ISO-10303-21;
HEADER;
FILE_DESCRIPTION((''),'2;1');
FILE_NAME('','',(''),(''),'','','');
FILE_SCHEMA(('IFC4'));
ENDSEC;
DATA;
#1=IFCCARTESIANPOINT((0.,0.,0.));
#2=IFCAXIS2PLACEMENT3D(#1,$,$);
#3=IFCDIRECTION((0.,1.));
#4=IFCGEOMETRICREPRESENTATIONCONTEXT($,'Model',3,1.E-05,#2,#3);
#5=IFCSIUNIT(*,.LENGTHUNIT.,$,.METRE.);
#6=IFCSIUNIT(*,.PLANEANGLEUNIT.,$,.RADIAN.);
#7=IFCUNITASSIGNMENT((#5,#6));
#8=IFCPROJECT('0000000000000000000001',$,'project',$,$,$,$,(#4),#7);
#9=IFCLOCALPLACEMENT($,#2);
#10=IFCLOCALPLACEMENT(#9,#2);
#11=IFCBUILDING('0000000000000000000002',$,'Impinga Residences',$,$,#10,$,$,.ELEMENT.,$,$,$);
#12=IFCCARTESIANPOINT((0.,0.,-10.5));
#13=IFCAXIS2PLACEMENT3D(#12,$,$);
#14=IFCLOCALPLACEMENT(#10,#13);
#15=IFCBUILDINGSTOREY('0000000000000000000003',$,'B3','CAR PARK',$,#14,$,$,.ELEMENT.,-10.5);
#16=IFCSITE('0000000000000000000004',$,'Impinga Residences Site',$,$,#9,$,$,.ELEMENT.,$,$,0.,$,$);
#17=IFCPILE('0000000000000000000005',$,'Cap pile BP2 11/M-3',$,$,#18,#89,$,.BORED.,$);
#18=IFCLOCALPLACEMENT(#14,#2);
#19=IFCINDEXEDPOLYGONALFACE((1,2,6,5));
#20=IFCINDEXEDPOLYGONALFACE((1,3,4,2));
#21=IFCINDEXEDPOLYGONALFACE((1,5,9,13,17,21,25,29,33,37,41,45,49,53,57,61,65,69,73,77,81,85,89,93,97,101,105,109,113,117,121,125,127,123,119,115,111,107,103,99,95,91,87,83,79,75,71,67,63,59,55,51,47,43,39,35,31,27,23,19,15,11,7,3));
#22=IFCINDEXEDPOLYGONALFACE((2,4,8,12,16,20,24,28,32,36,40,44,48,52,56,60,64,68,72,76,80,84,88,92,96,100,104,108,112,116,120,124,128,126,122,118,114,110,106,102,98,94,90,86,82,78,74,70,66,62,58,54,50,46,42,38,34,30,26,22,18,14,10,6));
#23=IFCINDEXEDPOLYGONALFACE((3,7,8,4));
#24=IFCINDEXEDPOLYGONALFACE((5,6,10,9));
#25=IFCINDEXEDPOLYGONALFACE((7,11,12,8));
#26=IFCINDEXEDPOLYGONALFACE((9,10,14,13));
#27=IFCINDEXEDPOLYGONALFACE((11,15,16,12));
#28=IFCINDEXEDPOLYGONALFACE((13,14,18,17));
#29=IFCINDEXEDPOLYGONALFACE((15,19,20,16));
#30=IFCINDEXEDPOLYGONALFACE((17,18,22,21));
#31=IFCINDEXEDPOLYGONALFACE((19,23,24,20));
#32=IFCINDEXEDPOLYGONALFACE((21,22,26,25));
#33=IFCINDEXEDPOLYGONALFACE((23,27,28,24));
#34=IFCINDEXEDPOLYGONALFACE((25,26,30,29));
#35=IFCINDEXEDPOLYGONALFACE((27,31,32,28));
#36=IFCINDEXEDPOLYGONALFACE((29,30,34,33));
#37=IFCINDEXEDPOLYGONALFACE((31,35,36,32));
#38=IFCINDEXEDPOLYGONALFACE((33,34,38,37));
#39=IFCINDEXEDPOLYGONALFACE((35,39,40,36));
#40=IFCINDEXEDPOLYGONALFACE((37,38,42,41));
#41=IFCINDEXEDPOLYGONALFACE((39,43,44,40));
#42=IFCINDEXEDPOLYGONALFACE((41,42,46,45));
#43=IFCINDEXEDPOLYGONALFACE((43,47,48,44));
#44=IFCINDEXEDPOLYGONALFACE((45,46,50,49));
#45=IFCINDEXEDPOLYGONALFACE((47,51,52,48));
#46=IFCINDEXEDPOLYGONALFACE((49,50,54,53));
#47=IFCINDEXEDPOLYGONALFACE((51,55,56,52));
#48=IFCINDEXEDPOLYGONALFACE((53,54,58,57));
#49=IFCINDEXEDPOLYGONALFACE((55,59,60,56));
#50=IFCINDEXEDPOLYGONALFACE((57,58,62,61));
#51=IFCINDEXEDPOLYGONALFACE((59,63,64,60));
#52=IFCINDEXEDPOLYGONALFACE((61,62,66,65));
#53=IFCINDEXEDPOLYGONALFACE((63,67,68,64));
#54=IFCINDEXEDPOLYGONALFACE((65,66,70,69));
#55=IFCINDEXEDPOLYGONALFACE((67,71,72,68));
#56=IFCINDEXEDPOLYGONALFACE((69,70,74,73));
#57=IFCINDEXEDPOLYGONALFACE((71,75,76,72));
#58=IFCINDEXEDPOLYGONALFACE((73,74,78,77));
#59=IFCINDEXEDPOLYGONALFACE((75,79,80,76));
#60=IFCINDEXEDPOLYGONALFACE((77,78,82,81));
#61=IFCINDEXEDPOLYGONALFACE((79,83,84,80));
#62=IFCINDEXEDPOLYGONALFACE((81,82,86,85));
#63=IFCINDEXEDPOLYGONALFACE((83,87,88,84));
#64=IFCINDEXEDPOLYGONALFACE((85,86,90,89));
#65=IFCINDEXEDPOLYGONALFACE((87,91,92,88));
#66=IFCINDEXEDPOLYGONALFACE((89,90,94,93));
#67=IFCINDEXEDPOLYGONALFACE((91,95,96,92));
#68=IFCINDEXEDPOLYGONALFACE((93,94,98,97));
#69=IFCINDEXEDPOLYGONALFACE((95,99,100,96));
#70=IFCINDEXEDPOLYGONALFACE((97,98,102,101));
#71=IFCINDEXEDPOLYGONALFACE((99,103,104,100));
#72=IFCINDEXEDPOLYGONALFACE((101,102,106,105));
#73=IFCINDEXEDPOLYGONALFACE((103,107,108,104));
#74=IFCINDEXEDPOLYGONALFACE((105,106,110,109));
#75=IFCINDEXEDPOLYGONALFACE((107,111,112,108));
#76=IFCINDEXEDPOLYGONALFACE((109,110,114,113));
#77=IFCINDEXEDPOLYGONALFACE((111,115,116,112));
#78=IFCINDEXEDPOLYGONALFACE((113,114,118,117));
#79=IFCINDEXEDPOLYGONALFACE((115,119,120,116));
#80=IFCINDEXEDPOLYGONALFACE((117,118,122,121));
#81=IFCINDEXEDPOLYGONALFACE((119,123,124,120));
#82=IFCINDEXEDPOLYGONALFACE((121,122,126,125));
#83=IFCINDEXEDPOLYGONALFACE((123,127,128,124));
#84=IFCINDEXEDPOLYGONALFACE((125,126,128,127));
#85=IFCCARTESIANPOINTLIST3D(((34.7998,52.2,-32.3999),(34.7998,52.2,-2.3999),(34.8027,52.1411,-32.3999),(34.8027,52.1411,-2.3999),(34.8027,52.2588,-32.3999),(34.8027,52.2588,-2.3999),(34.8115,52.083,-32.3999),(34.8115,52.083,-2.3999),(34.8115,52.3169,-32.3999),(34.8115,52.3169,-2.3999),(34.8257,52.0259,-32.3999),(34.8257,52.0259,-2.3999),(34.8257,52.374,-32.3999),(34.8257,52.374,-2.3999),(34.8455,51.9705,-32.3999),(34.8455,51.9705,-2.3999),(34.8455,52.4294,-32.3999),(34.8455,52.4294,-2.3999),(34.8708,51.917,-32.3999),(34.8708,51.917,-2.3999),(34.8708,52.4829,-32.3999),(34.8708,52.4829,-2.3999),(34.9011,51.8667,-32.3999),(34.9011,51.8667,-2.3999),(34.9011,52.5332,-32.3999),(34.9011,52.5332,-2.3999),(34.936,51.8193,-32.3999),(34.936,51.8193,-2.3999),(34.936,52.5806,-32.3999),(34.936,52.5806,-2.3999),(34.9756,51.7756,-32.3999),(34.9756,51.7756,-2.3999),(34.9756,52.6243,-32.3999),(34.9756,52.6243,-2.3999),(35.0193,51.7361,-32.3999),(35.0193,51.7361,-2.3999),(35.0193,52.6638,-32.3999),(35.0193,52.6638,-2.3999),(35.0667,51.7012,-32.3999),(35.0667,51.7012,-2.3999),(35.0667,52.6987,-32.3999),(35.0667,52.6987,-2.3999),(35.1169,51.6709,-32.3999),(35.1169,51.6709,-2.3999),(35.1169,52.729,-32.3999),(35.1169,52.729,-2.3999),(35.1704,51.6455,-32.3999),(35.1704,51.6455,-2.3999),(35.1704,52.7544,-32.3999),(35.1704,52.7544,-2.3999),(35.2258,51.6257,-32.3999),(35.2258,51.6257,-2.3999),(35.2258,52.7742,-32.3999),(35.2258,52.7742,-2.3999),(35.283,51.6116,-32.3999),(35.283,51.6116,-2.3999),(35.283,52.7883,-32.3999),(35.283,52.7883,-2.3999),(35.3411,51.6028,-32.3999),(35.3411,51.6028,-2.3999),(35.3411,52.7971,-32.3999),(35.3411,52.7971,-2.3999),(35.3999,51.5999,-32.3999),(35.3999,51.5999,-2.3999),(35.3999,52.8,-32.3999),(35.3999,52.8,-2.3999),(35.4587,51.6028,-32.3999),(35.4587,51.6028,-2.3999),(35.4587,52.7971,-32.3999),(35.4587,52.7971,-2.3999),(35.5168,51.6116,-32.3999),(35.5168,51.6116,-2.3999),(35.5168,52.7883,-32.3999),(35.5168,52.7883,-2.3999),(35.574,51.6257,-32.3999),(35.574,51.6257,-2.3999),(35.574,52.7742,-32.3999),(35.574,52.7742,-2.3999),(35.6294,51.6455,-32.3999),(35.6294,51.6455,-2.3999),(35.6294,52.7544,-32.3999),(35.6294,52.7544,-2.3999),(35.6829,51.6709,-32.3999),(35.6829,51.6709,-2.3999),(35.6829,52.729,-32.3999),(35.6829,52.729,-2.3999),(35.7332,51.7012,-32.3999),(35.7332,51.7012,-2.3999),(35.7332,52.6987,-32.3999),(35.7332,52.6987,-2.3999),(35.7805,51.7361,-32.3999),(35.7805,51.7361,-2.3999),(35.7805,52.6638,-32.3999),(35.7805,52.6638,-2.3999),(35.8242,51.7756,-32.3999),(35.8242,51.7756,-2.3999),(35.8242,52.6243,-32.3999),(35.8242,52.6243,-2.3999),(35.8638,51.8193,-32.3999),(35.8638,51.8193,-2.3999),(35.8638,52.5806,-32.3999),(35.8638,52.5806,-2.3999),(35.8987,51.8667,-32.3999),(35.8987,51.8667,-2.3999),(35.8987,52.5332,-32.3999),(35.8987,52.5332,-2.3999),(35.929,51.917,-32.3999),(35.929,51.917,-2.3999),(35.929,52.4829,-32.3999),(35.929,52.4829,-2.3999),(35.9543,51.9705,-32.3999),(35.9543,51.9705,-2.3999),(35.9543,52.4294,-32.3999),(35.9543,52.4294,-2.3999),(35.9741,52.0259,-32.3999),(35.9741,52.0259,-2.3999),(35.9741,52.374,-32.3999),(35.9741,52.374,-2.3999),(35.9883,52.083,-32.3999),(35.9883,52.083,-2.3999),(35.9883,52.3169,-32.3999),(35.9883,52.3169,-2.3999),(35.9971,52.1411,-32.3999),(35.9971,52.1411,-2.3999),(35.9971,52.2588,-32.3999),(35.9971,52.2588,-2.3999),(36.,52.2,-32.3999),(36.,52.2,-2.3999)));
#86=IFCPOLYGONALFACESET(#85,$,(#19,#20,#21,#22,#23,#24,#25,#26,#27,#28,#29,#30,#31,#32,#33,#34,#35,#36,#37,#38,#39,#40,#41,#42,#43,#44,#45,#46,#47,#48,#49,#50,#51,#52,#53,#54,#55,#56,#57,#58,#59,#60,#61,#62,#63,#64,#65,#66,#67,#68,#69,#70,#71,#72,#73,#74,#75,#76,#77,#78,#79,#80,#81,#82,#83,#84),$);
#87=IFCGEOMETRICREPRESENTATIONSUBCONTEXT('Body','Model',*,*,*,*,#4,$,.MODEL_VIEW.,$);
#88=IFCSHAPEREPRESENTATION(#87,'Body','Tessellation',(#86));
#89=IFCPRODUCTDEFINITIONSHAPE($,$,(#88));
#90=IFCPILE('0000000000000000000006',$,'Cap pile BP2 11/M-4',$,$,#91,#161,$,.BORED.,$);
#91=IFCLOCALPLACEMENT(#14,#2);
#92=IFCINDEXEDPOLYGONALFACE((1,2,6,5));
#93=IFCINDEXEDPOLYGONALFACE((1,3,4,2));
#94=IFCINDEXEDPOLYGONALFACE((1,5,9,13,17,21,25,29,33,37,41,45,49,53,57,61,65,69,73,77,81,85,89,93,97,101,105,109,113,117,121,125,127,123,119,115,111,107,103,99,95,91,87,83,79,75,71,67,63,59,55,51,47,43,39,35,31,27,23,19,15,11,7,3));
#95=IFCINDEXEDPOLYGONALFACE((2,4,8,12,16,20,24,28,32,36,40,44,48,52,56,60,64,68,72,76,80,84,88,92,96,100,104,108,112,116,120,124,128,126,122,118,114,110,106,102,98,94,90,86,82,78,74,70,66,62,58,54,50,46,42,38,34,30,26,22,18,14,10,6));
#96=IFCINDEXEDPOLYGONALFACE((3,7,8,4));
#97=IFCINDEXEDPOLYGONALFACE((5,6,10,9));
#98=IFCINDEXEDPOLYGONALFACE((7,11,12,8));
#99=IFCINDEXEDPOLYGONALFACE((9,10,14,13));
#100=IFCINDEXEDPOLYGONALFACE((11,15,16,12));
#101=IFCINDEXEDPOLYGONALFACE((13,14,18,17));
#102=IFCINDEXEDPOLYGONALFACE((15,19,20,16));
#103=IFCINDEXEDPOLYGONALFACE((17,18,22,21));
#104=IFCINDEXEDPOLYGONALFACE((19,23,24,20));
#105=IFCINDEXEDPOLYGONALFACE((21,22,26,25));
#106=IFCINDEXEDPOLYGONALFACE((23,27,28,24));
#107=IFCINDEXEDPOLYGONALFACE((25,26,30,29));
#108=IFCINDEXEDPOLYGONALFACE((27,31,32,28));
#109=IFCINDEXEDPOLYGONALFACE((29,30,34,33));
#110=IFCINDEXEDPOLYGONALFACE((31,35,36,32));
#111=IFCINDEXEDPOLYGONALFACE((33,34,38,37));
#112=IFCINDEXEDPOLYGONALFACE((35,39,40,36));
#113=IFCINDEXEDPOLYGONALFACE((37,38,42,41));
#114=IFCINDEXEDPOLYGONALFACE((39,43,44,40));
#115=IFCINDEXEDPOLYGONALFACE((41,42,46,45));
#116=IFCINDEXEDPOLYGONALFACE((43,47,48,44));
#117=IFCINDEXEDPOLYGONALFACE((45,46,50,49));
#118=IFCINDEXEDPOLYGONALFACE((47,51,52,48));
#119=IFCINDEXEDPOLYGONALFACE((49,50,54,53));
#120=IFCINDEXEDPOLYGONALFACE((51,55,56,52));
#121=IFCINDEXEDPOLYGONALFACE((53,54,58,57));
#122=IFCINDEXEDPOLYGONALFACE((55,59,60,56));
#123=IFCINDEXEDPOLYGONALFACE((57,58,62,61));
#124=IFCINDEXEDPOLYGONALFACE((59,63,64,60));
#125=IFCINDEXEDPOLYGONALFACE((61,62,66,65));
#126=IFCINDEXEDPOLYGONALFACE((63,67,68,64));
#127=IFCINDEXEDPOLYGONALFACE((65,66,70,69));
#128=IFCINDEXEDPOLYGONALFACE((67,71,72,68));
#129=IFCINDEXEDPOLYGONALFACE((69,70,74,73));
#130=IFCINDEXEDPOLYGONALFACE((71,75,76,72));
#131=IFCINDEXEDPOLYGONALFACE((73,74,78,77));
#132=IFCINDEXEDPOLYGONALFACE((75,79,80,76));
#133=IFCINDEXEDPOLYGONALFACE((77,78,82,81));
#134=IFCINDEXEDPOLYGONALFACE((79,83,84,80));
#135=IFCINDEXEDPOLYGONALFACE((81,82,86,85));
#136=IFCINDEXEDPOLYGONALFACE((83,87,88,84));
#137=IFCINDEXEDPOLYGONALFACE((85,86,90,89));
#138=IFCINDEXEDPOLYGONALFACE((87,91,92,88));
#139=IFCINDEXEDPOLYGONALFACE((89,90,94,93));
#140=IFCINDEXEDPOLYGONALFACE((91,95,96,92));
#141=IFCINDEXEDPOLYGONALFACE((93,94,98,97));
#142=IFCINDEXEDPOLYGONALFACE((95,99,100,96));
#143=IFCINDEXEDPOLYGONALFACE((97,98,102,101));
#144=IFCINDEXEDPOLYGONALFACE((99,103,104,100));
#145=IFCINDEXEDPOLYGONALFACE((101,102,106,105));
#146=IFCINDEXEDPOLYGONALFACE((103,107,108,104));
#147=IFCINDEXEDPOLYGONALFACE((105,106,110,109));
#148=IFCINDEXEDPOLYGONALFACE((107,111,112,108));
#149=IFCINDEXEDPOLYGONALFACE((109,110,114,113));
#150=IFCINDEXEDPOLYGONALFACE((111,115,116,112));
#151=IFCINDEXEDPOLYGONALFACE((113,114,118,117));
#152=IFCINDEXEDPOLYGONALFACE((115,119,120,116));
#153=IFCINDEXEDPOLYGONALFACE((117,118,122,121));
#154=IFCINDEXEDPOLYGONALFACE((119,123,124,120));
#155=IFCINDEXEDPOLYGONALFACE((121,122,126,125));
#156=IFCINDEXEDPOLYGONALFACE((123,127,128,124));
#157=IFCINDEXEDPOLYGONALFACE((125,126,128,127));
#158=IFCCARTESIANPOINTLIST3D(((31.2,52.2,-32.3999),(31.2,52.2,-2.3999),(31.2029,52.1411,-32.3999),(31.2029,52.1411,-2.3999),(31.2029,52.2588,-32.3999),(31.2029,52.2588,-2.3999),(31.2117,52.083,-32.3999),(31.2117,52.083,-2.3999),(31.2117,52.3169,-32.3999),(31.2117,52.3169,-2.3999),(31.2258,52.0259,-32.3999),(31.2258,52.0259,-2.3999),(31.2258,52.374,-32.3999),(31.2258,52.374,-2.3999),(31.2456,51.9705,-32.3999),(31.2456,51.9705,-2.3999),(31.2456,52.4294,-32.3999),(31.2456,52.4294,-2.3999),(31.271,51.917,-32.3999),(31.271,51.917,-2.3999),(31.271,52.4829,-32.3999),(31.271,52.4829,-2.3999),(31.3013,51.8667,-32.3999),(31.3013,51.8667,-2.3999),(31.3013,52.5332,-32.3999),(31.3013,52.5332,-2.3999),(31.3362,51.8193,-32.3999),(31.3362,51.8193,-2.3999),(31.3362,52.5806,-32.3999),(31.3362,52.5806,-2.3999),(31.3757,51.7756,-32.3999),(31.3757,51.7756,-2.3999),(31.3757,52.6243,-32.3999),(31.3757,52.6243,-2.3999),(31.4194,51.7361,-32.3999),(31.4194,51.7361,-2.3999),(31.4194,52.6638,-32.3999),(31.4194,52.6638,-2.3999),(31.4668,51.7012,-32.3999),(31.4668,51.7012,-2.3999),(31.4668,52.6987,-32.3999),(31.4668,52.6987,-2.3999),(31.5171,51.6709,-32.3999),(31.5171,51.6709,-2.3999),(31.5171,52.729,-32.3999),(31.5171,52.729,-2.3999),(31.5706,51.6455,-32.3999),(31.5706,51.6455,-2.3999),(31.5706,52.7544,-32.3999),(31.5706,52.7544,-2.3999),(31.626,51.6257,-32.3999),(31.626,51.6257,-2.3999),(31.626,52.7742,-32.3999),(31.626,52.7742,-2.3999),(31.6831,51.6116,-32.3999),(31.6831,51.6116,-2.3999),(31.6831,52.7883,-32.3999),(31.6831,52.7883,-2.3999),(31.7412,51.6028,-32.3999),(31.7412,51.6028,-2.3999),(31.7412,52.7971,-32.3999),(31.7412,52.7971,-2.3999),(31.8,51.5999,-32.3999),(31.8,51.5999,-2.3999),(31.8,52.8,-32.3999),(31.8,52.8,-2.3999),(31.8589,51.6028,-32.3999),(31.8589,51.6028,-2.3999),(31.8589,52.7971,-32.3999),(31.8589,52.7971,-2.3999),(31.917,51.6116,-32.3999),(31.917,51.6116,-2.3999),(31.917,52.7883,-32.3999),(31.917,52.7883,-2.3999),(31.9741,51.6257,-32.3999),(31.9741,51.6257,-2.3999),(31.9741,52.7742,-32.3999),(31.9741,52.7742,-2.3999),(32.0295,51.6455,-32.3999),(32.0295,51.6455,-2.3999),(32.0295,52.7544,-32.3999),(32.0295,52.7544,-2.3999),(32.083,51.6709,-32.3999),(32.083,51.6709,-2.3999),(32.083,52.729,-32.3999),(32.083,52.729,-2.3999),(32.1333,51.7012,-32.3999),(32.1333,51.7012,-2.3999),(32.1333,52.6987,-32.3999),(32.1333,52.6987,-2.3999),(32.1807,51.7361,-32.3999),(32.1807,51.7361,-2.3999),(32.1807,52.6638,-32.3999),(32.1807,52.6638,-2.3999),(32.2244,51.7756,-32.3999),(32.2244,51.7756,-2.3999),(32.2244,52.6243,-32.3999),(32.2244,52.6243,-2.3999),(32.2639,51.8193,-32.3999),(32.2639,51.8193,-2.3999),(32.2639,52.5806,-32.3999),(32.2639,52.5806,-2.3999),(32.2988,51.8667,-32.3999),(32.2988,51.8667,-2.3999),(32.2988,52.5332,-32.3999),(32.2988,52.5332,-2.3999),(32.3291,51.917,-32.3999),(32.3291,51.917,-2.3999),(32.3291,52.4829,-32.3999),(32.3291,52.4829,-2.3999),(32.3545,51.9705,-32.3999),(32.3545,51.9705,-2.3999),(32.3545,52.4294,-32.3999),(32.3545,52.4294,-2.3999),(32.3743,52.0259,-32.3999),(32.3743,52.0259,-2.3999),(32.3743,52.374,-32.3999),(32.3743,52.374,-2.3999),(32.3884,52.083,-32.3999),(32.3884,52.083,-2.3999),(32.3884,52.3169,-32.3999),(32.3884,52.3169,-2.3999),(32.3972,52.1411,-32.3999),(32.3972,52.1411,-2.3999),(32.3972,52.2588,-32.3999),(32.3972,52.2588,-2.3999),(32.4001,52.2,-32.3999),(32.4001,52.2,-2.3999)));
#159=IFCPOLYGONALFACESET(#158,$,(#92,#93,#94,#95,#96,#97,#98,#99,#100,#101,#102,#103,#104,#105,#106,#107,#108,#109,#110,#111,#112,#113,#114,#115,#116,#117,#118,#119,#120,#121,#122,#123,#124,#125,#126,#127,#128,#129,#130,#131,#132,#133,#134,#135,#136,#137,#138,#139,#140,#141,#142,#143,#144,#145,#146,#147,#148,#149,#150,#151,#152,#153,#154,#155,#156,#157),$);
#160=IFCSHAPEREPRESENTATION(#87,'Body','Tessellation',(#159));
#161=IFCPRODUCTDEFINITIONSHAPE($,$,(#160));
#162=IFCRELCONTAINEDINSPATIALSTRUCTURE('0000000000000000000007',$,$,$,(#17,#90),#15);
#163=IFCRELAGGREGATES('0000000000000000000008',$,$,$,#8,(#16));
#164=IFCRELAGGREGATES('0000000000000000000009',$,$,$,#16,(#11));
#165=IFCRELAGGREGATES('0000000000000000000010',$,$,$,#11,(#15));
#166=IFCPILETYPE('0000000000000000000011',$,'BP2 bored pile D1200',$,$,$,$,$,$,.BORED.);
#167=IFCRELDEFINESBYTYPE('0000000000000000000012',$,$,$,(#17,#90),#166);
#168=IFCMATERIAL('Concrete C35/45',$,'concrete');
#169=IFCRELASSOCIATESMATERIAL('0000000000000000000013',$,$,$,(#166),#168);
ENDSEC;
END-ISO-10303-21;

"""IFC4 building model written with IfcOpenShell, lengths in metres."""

from ifc_helpers import new_model, si_unit, direction, frame, origin, origin_2d, place, context, subcontext, project, spatial, polyline, circle, outline, extrude, material, material_profile, profile_set, type_object, element, save


model = new_model("IFC4")

# Units and contexts
model_context = context("Model", 3, precision=1e-05, world=origin(), true_north=direction((0.0, 1.0)))
body_context = subcontext(model_context, "Body", "Model", "MODEL_VIEW")
ifc_project = project(units=[si_unit("LENGTHUNIT", "METRE"), si_unit("PLANEANGLEUNIT", "RADIAN")], contexts=[model_context])

# Site, building, storey
site_placement = place(None, origin())
site = spatial("IfcSite", under=ifc_project, at=site_placement, Name="Impinga Residences Site", CompositionType="ELEMENT", RefElevation=0.0)
building_placement = place(site_placement, origin())
building = spatial("IfcBuilding", under=site, at=building_placement, Name="Impinga Residences", CompositionType="ELEMENT")
storey_placement = place(building_placement, frame((0.0, 0.0, -10.5)))
storey = spatial("IfcBuildingStorey", under=building, at=storey_placement, Name="B3", Description="CAR PARK", CompositionType="ELEMENT", Elevation=-10.5)

# Piles
ifc_material_1 = material(Name="Concrete C35/45", Category="concrete")
ifc_material_profile_1 = material_profile(ifc_material_1, circle(Radius=0.6001, at=origin_2d()), Name="D1200")
ifc_profile_set_1 = profile_set([ifc_material_profile_1], Name="Concrete C35/45")
pile_type = type_object("IfcPileType", Name="BP2 bored pile D1200", PredefinedType="BORED", material=ifc_profile_set_1)
pile_1_placement = place(storey_placement, frame((35.3999, 52.2, -2.3999), z_axis=(0.0, 0.0, -1.0), x_axis=(1.0, 0.0, 0.0)))
element("IfcPile", 1, at=pile_1_placement, inside=storey, type_object=pile_type, Name="Cap pile BP2 11/M-3", PredefinedType="BORED", context=body_context, shape_type="SweptSolid", body=[
    extrude(outline(polyline([(0.6001, 0.0), (0.5972, 0.0588), (0.5884, 0.1169), (0.5742, 0.1741), (0.5544, 0.2295), (0.5291, 0.283), (0.4988, 0.3333), (0.4639, 0.3806), (0.4243, 0.4243), (0.3806, 0.4639), (0.3333, 0.4988), (0.283, 0.5291), (0.2295, 0.5544), (0.1741, 0.5742), (0.1169, 0.5884), (0.0588, 0.5972), (0.0, 0.6001), (-0.0588, 0.5972), (-0.1169, 0.5884), (-0.1741, 0.5742), (-0.2295, 0.5544), (-0.283, 0.5291), (-0.3333, 0.4988), (-0.3806, 0.4639), (-0.4243, 0.4243), (-0.4639, 0.3806), (-0.4988, 0.3333), (-0.5291, 0.283), (-0.5544, 0.2295), (-0.5742, 0.1741), (-0.5884, 0.1169), (-0.5972, 0.0588), (-0.6001, 0.0), (-0.5972, -0.0588), (-0.5884, -0.1169), (-0.5742, -0.1741), (-0.5544, -0.2295), (-0.5291, -0.283), (-0.4988, -0.3333), (-0.4639, -0.3806), (-0.4243, -0.4243), (-0.3806, -0.4639), (-0.3333, -0.4988), (-0.283, -0.5291), (-0.2295, -0.5544), (-0.1741, -0.5742), (-0.1169, -0.5884), (-0.0588, -0.5972), (0.0, -0.6001), (0.0588, -0.5972), (0.1169, -0.5884), (0.1741, -0.5742), (0.2295, -0.5544), (0.283, -0.5291), (0.3333, -0.4988), (0.3806, -0.4639), (0.4243, -0.4243), (0.4639, -0.3806), (0.4988, -0.3333), (0.5291, -0.283), (0.5544, -0.2295), (0.5742, -0.1741), (0.5884, -0.1169), (0.5972, -0.0588), (0.6001, 0.0)])), origin(), (0.0, 0.0, 1.0), 30.0),
])
pile_2_placement = place(storey_placement, frame((31.8, 52.2, -2.3999), z_axis=(0.0, 0.0, -1.0), x_axis=(1.0, 0.0, 0.0)))
element("IfcPile", 2, at=pile_2_placement, inside=storey, type_object=pile_type, Name="Cap pile BP2 11/M-4", PredefinedType="BORED", context=body_context, shape_type="SweptSolid", body=[
    extrude(outline(polyline([(0.6001, 0.0), (0.5972, 0.0588), (0.5884, 0.1169), (0.5742, 0.1741), (0.5544, 0.2295), (0.5291, 0.283), (0.4988, 0.3333), (0.4639, 0.3806), (0.4243, 0.4243), (0.3806, 0.4639), (0.3333, 0.4988), (0.283, 0.5291), (0.2295, 0.5544), (0.1741, 0.5742), (0.1169, 0.5884), (0.0588, 0.5972), (0.0, 0.6001), (-0.0588, 0.5972), (-0.1169, 0.5884), (-0.1741, 0.5742), (-0.2295, 0.5544), (-0.283, 0.5291), (-0.3333, 0.4988), (-0.3806, 0.4639), (-0.4243, 0.4243), (-0.4639, 0.3806), (-0.4988, 0.3333), (-0.5291, 0.283), (-0.5544, 0.2295), (-0.5742, 0.1741), (-0.5884, 0.1169), (-0.5972, 0.0588), (-0.6001, 0.0), (-0.5972, -0.0588), (-0.5884, -0.1169), (-0.5742, -0.1741), (-0.5544, -0.2295), (-0.5291, -0.283), (-0.4988, -0.3333), (-0.4639, -0.3806), (-0.4243, -0.4243), (-0.3806, -0.4639), (-0.3333, -0.4988), (-0.283, -0.5291), (-0.2295, -0.5544), (-0.1741, -0.5742), (-0.1169, -0.5884), (-0.0588, -0.5972), (0.0, -0.6001), (0.0588, -0.5972), (0.1169, -0.5884), (0.1741, -0.5742), (0.2295, -0.5544), (0.283, -0.5291), (0.3333, -0.4988), (0.3806, -0.4639), (0.4243, -0.4243), (0.4639, -0.3806), (0.4988, -0.3333), (0.5291, -0.283), (0.5544, -0.2295), (0.5742, -0.1741), (0.5884, -0.1169), (0.5972, -0.0588), (0.6001, 0.0)])), origin(), (0.0, 0.0, 1.0), 30.0),
])

save(model, "model.ifc")
